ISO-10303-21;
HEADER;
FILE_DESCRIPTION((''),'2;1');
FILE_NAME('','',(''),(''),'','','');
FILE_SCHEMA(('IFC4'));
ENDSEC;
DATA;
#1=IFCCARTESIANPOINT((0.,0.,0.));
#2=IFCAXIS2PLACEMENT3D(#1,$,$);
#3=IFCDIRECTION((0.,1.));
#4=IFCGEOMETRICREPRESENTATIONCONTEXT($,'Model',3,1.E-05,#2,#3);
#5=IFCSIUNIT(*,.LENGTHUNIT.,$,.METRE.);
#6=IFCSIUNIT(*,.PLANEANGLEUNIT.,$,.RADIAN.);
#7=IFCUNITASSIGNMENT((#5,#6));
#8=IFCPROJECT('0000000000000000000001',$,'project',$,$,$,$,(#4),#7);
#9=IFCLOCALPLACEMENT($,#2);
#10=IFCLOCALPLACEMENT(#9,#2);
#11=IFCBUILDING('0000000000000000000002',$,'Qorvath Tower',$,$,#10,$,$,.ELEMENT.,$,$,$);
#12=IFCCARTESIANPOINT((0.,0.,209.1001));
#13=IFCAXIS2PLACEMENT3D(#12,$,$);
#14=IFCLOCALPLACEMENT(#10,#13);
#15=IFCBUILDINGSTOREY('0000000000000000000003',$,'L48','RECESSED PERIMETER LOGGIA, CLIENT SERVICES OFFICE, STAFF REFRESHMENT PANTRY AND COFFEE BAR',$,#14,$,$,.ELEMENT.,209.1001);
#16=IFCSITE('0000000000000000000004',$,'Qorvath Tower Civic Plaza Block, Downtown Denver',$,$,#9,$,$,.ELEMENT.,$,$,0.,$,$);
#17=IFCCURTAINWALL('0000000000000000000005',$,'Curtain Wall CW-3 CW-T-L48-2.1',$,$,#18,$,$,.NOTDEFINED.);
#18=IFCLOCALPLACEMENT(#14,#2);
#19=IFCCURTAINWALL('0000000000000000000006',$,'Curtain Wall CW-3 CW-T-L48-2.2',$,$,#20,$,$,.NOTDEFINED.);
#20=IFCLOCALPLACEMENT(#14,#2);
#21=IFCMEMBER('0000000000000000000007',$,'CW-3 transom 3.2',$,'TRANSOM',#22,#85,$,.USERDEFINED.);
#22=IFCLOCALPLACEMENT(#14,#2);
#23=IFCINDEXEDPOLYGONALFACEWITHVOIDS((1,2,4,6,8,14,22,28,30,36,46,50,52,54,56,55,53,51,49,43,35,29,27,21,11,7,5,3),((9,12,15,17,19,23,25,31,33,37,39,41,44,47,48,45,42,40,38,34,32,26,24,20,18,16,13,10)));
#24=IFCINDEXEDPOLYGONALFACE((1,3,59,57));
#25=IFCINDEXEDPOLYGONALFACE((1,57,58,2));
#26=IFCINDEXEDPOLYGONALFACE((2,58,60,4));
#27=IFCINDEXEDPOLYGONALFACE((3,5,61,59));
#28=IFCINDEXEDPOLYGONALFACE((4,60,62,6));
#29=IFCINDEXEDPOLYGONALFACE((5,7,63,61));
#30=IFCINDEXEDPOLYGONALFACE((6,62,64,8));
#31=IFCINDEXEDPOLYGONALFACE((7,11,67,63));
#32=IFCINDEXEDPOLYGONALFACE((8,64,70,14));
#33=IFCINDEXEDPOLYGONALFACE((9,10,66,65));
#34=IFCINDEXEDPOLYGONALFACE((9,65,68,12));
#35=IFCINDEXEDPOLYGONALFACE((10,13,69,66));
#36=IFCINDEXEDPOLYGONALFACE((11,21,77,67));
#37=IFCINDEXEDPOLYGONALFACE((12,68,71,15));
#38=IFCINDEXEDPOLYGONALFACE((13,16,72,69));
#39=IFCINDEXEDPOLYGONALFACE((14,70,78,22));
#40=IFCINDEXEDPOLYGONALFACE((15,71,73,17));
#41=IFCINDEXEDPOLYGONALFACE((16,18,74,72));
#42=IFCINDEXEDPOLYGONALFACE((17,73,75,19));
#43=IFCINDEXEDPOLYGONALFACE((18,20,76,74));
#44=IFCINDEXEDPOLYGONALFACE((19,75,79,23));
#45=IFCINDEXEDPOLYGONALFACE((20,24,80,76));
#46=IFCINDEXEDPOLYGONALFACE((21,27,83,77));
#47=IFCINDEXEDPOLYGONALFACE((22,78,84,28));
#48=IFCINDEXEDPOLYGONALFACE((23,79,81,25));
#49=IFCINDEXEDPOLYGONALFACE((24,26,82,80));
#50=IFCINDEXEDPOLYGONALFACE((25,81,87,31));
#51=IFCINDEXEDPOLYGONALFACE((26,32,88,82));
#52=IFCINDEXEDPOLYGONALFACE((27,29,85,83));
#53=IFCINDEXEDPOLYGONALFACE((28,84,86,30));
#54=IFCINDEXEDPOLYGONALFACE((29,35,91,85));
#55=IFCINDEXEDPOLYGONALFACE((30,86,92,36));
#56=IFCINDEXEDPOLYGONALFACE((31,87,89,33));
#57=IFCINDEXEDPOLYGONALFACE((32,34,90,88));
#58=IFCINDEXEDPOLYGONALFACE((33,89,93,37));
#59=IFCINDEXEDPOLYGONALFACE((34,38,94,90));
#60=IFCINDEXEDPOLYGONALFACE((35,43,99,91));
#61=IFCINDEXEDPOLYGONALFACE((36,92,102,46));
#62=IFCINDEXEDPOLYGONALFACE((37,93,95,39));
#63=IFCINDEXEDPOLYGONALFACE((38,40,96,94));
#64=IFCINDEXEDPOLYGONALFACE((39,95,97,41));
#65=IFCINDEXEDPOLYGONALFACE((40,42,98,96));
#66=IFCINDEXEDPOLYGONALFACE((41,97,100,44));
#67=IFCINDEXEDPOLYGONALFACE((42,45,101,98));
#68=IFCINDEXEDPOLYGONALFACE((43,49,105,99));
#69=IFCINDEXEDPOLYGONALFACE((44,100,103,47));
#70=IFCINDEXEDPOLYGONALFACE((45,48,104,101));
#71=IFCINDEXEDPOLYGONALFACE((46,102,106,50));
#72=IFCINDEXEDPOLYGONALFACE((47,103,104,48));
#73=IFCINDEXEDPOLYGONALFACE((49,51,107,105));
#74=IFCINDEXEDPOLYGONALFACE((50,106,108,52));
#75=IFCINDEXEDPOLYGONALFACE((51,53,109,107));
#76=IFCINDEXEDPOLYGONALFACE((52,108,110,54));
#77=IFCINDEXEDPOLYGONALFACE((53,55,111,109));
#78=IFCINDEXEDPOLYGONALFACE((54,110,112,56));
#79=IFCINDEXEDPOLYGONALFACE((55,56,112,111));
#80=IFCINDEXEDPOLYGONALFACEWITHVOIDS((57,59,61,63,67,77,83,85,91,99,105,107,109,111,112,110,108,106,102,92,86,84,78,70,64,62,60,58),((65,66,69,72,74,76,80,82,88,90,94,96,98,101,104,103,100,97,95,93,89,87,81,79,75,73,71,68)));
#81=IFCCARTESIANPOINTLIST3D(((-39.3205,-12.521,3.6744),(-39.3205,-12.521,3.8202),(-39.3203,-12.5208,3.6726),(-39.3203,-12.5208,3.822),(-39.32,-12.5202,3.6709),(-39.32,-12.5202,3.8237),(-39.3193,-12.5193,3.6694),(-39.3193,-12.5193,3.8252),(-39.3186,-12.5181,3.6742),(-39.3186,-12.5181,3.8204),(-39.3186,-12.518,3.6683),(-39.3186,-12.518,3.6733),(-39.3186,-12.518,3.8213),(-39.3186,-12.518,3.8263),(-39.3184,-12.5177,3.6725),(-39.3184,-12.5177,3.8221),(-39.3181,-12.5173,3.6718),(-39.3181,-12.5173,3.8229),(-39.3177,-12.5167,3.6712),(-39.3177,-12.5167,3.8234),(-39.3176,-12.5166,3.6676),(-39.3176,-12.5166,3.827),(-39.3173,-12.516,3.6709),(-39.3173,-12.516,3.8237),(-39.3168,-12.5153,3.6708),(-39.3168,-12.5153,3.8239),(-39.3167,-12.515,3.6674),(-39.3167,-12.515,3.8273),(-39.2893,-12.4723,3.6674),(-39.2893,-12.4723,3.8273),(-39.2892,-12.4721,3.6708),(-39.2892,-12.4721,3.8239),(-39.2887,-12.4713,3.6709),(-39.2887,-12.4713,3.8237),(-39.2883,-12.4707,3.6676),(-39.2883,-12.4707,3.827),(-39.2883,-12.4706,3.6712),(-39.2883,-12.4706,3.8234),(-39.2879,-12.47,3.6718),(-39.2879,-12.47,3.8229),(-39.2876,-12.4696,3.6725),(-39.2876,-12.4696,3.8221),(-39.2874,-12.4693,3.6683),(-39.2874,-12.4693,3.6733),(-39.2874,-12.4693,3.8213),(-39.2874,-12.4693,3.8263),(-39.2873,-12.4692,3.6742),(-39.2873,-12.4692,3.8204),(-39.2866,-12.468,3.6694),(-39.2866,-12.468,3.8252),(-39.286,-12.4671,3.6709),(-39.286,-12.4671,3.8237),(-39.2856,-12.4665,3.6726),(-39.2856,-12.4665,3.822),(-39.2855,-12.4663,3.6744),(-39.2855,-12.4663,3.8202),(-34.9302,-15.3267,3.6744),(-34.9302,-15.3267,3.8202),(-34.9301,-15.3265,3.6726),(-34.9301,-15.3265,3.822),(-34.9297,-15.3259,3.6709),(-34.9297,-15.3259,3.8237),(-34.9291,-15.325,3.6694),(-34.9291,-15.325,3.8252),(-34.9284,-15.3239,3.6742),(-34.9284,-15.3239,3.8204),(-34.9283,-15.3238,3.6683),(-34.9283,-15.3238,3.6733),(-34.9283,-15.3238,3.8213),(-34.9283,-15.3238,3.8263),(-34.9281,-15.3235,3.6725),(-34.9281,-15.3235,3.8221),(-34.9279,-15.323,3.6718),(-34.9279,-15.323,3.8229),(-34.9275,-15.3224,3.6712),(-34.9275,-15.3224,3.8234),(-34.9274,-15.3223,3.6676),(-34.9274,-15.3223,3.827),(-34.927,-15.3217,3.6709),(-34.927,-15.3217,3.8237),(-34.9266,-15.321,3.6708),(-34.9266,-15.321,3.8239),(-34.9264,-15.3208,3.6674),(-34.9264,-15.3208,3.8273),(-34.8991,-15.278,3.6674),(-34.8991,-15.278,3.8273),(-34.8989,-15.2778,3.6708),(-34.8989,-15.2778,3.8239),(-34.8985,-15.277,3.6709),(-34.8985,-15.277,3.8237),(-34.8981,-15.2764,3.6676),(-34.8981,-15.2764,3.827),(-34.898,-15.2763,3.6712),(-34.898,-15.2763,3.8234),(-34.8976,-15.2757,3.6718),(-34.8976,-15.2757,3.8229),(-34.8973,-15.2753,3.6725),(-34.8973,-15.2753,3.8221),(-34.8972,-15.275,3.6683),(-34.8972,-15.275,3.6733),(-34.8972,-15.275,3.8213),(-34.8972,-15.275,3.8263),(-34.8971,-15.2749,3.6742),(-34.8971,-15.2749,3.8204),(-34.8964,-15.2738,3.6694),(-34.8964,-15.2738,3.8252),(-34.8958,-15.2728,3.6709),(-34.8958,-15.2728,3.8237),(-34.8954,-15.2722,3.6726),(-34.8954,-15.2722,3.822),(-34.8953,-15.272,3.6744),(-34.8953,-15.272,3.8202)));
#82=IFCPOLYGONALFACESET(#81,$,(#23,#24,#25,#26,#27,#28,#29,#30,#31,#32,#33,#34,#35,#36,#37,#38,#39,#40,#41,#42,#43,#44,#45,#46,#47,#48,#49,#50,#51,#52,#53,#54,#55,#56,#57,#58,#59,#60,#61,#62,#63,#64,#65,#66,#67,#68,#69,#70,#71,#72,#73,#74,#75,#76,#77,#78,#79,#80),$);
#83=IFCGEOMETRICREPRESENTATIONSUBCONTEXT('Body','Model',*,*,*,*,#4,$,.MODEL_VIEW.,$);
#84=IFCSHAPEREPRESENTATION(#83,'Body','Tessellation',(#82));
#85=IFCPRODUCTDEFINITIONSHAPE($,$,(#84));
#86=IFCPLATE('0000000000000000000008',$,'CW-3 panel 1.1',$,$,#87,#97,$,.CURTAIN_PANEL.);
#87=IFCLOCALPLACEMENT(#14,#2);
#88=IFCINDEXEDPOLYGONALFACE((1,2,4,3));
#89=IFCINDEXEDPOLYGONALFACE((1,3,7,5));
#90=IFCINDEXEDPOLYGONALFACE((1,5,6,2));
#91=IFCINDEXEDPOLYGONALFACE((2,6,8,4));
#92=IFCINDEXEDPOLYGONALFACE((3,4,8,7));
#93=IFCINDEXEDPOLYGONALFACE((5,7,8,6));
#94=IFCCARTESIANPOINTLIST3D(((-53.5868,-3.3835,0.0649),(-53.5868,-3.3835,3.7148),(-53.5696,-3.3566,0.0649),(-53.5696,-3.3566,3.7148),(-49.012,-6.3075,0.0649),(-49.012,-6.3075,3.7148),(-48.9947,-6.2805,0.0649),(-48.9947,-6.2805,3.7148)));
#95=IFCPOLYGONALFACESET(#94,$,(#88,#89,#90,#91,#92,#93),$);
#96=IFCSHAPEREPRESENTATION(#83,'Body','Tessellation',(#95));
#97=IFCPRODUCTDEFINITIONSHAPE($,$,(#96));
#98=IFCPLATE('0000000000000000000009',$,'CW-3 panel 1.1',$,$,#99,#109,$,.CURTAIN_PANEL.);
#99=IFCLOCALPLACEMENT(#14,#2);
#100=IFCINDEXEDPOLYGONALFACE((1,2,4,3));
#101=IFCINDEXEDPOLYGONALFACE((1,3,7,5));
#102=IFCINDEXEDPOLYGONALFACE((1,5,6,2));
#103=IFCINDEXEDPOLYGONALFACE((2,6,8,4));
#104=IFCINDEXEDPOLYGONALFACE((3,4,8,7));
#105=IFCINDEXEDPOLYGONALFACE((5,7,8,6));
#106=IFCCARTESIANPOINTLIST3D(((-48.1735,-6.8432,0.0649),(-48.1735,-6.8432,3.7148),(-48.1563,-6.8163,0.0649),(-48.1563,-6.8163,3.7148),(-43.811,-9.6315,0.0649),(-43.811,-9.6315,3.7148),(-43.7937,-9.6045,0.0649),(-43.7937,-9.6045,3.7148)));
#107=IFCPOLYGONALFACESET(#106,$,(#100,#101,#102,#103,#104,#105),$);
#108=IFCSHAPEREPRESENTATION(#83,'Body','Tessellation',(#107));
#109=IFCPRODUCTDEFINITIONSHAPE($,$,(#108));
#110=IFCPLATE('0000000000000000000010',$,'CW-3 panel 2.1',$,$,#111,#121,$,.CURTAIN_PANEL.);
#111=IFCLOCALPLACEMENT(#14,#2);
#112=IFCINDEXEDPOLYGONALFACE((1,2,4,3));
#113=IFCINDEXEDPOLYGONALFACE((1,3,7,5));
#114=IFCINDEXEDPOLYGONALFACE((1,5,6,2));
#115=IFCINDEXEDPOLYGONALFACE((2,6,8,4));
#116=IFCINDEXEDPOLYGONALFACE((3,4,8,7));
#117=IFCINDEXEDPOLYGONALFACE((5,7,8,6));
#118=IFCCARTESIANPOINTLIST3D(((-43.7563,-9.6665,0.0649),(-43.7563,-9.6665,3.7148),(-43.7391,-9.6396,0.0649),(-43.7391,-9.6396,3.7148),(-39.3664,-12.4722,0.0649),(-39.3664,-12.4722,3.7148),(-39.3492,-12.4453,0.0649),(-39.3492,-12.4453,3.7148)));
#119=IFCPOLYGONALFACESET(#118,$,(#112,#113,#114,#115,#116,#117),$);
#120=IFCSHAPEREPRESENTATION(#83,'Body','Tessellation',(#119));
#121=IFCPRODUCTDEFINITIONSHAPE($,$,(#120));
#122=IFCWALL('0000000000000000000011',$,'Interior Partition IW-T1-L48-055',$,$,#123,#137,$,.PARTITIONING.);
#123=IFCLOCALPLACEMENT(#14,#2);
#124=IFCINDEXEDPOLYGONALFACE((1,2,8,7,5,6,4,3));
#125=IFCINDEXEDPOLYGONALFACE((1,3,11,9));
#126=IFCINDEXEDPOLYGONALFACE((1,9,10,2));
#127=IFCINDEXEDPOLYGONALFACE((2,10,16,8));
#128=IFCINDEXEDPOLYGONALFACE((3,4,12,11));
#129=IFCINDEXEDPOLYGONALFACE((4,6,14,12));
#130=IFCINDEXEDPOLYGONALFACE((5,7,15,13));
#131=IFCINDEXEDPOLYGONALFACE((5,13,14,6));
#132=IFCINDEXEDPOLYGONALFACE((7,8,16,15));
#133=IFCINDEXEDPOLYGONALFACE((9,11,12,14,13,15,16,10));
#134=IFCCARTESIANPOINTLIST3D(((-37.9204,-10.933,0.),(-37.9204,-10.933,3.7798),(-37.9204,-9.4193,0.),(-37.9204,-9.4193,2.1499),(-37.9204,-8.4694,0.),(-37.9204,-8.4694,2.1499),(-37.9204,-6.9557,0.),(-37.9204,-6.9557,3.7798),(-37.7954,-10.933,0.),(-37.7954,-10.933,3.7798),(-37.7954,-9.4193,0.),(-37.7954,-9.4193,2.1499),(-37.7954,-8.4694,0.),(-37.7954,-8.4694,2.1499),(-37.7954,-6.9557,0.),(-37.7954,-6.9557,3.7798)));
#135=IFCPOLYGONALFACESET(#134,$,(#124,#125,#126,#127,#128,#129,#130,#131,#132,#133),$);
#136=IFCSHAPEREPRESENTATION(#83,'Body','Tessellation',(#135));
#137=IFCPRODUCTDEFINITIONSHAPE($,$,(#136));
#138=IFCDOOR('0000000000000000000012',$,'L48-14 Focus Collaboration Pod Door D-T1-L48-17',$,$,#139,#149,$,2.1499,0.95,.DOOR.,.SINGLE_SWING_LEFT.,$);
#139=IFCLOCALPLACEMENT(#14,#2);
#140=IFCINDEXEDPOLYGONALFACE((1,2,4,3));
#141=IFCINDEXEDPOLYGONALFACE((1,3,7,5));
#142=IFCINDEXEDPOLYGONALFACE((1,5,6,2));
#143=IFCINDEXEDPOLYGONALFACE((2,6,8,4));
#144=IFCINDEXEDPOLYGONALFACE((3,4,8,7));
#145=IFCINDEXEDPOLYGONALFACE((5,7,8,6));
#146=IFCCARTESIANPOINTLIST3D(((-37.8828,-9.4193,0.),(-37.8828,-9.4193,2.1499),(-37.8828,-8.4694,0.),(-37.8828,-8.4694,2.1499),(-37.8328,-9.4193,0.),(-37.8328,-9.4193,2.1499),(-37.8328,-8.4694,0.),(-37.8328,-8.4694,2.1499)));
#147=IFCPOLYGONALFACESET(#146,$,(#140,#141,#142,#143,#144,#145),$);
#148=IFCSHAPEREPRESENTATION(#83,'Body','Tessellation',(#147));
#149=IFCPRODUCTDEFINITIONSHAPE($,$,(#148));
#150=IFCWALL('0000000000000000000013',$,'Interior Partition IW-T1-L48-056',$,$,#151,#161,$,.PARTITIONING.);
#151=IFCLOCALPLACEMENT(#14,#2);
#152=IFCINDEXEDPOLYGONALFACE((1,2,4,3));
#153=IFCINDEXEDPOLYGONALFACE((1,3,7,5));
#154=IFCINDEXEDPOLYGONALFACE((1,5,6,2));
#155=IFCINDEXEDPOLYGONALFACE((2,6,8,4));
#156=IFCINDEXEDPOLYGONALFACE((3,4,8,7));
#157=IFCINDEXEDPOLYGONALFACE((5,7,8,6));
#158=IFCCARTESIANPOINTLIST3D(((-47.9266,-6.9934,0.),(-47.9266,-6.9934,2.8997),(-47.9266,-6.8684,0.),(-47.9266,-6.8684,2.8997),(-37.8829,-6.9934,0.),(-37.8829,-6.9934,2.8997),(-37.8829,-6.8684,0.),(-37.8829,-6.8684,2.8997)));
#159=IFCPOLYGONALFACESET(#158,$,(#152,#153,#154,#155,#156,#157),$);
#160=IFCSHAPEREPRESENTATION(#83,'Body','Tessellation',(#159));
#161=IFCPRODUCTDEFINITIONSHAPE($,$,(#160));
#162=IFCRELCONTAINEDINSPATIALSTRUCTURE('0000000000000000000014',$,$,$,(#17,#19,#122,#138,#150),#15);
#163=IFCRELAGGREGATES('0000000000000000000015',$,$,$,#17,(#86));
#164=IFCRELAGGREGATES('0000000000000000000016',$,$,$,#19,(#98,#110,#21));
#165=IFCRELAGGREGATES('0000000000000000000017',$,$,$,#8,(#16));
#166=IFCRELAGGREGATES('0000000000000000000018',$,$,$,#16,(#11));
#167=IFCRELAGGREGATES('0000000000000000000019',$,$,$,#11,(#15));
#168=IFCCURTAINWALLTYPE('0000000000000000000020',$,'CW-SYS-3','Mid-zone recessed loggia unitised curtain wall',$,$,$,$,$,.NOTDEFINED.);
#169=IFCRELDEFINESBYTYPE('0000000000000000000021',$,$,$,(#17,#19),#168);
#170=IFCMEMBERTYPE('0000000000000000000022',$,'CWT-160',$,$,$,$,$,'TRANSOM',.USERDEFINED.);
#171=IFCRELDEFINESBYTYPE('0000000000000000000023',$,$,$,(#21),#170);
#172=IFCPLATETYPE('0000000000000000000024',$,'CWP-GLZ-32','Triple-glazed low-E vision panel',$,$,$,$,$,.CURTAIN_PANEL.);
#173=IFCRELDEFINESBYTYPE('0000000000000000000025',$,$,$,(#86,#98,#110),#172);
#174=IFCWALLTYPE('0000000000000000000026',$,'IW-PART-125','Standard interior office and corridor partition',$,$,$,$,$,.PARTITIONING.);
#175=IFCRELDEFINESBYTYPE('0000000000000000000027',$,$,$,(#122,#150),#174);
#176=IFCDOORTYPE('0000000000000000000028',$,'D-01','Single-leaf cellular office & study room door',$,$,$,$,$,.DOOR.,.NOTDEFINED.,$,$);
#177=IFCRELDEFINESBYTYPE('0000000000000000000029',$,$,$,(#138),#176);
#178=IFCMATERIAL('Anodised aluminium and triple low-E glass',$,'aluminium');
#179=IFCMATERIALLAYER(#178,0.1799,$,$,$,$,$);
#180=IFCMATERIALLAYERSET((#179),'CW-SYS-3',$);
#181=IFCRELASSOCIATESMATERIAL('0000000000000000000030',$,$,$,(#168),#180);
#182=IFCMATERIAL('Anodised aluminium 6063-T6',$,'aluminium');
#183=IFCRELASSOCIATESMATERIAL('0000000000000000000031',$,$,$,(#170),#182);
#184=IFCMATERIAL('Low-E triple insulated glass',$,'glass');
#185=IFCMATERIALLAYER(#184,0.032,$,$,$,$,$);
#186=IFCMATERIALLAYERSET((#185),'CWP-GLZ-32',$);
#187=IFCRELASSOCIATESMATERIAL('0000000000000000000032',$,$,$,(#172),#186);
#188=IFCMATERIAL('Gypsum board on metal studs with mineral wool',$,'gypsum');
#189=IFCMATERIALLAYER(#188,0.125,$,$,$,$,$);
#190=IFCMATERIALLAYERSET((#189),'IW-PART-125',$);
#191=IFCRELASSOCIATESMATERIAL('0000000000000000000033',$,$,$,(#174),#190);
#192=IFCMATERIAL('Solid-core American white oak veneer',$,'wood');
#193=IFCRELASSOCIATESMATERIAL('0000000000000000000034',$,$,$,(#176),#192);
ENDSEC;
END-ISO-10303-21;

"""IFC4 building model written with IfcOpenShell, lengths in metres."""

from ifc_helpers import new_model, si_unit, direction, frame, frame_2d, origin, origin_2d, place, context, subcontext, project, spatial, rectangle, hollow_rectangle, extrude, material, layer, layer_set, material_profile, profile_set, type_object, element, fill, aggregate, save


model = new_model("IFC4")

# Units and contexts
model_context = context("Model", 3, precision=1e-05, world=origin(), true_north=direction((0.0, 1.0)))
body_context = subcontext(model_context, "Body", "Model", "MODEL_VIEW")
ifc_project = project(units=[si_unit("LENGTHUNIT", "METRE"), si_unit("PLANEANGLEUNIT", "RADIAN")], contexts=[model_context])

# Site, building, storey
site_placement = place(None, origin())
site = spatial("IfcSite", under=ifc_project, at=site_placement, Name="Qorvath Tower Civic Plaza Block, Downtown Denver", CompositionType="ELEMENT", RefElevation=0.0)
building_placement = place(site_placement, origin())
building = spatial("IfcBuilding", under=site, at=building_placement, Name="Qorvath Tower", CompositionType="ELEMENT")
storey_placement = place(building_placement, frame((0.0, 0.0, 209.1001)))
storey = spatial("IfcBuildingStorey", under=building, at=storey_placement, Name="L48", Description="RECESSED PERIMETER LOGGIA, CLIENT SERVICES OFFICE, STAFF REFRESHMENT PANTRY AND COFFEE BAR", CompositionType="ELEMENT", Elevation=209.1001)

# Curtain walls
ifc_material_1 = material(Name="Anodised aluminium and triple low-E glass", Category="aluminium")
ifc_layer_1 = layer(ifc_material_1, 0.1799)
ifc_layer_set_1 = layer_set([ifc_layer_1], Name="CW-SYS-3")
curtain_wall_type = type_object("IfcCurtainWallType", Name="CW-SYS-3", Description="Mid-zone recessed loggia unitised curtain wall", PredefinedType="NOTDEFINED", material=ifc_layer_set_1)
curtain_wall_1_placement = place(storey_placement, origin())
curtain_wall_1 = element("IfcCurtainWall", 1, at=curtain_wall_1_placement, inside=storey, type_object=curtain_wall_type, Name="Curtain Wall CW-3 CW-T-L48-2.1", PredefinedType="NOTDEFINED")
curtain_wall_2_placement = place(storey_placement, origin())
curtain_wall_2 = element("IfcCurtainWall", 2, at=curtain_wall_2_placement, inside=storey, type_object=curtain_wall_type, Name="Curtain Wall CW-3 CW-T-L48-2.2", PredefinedType="NOTDEFINED")

# Member
ifc_material_2 = material(Name="Anodised aluminium 6063-T6", Category="aluminium")
ifc_material_profile_1 = material_profile(ifc_material_2, hollow_rectangle(XDim=0.0649, YDim=0.1599, WallThickness=0.0034, InnerFilletRadius=0.0034, OuterFilletRadius=0.0071, at=origin_2d()), Name="CWT 160x65")
ifc_profile_set_1 = profile_set([ifc_material_profile_1], Name="Anodised aluminium 6063-T6")
member_type_1 = type_object("IfcMemberType", Name="CWT-160", ElementType="TRANSOM", PredefinedType="USERDEFINED", material=ifc_profile_set_1)
member_1_placement = place(storey_placement, frame((-39.303, -12.4937, 3.7473), z_axis=(0.842622, -0.538506, 0.0), x_axis=(0.538506, 0.842622, 0.0)))
member_1 = element("IfcMember", 3, at=member_1_placement, type_object=member_type_1, Name="CW-3 transom 3.2", ObjectType="TRANSOM", PredefinedType="USERDEFINED", context=body_context, shape_type="SweptSolid", body=[
    extrude(hollow_rectangle(XDim=0.0649, YDim=0.1599, WallThickness=0.0034, InnerFilletRadius=0.0034, OuterFilletRadius=0.0071, at=origin_2d()), origin(), (0.0, 0.0, 1.0), 5.2102),
])

# Plates
ifc_material_3 = material(Name="Low-E triple insulated glass", Category="glass")
ifc_layer_2 = layer(ifc_material_3, 0.032)
ifc_layer_set_2 = layer_set([ifc_layer_2], Name="CWP-GLZ-32")
plate_type = type_object("IfcPlateType", Name="CWP-GLZ-32", Description="Triple-glazed low-E vision panel", PredefinedType="CURTAIN_PANEL", material=ifc_layer_set_2)
plate_1_placement = place(storey_placement, frame((-51.2908, -4.832, 0.0649), z_axis=(0.0, 0.0, 1.0), x_axis=(0.842602, -0.538537, 0.0)))
plate_1 = element("IfcPlate", 4, at=plate_1_placement, type_object=plate_type, Name="CW-3 panel 1.1", PredefinedType="CURTAIN_PANEL", context=body_context, shape_type="SweptSolid", body=[
    extrude(rectangle(XDim=5.4294, YDim=0.032, at=origin_2d()), origin(), (0.0, 0.0, 1.0), 3.6499),
])
aggregate(curtain_wall_1, [plate_1])
plate_2_placement = place(storey_placement, frame((-45.9836, -8.2239, 0.0649), z_axis=(0.0, 0.0, 1.0), x_axis=(0.842605, -0.538533, 0.0)))
plate_2 = element("IfcPlate", 5, at=plate_2_placement, type_object=plate_type, Name="CW-3 panel 1.1", PredefinedType="CURTAIN_PANEL", context=body_context, shape_type="SweptSolid", body=[
    extrude(rectangle(XDim=5.1775, YDim=0.032, at=origin_2d()), origin(), (0.0, 0.0, 1.0), 3.6499),
])
plate_3_placement = place(storey_placement, frame((-41.5527, -11.0559, 0.0649), z_axis=(0.0, 0.0, 1.0), x_axis=(0.842605, -0.538533, 0.0)))
plate_3 = element("IfcPlate", 6, at=plate_3_placement, type_object=plate_type, Name="CW-3 panel 2.1", PredefinedType="CURTAIN_PANEL", context=body_context, shape_type="SweptSolid", body=[
    extrude(rectangle(XDim=5.21, YDim=0.032, at=origin_2d()), origin(), (0.0, 0.0, 1.0), 3.6499),
])
aggregate(curtain_wall_2, [plate_2, plate_3, member_1])

# Wall, opening, door
ifc_material_4 = material(Name="Gypsum board on metal studs with mineral wool", Category="gypsum")
ifc_layer_3 = layer(ifc_material_4, 0.125)
ifc_layer_set_3 = layer_set([ifc_layer_3], Name="IW-PART-125")
wall_type_1 = type_object("IfcWallType", Name="IW-PART-125", Description="Standard interior office and corridor partition", PredefinedType="PARTITIONING", material=ifc_layer_set_3)
wall_1_placement = place(storey_placement, frame((-37.8579, -10.9331, 0.0), z_axis=(0.0, 0.0, 1.0), x_axis=(0.0, 1.0, 0.0)))
wall_1 = element("IfcWall", 7, at=wall_1_placement, inside=storey, type_object=wall_type_1, Name="Interior Partition IW-T1-L48-055", PredefinedType="PARTITIONING", context=body_context, shape_type="SweptSolid", body=[
    extrude(rectangle(XDim=3.9773, YDim=0.125, at=frame_2d((1.9888, 0.0))), origin(), (0.0, 0.0, 1.0), 3.7798),
])
opening_1_placement = place(wall_1_placement, frame((1.5137, 0.0, 0.0)))
opening_1 = element("IfcOpeningElement", 8, at=opening_1_placement, cuts=wall_1, PredefinedType="OPENING", context=body_context, shape_type="SweptSolid", body=[
    extrude(rectangle(XDim=0.95, YDim=2.1499, at=frame_2d((0.4751, 1.075))), frame((0.0, 0.0725, 0.0), z_axis=(0.0, -1.0, 0.0), x_axis=(1.0, 0.0, 0.0)), (0.0, 0.0, 1.0), 0.145),
])
ifc_material_5 = material(Name="Solid-core American white oak veneer", Category="wood")
door_type_1 = type_object("IfcDoorType", Name="D-01", Description="Single-leaf cellular office & study room door", OperationType="NOTDEFINED", PredefinedType="DOOR", material=ifc_material_5)
door_1_placement = place(opening_1_placement, origin())
door_1 = element("IfcDoor", 9, at=door_1_placement, inside=storey, type_object=door_type_1, Name="L48-14 Focus Collaboration Pod Door D-T1-L48-17", OperationType="SINGLE_SWING_LEFT", OverallHeight=2.1499, OverallWidth=0.95, PredefinedType="DOOR", context=body_context, shape_type="SweptSolid", body=[
    extrude(rectangle(XDim=0.95, YDim=2.1499, at=frame_2d((0.4751, 1.075))), frame((0.0, 0.0249, 0.0), z_axis=(0.0, -1.0, 0.0), x_axis=(1.0, 0.0, 0.0)), (0.0, 0.0, 1.0), 0.05),
])
fill(opening_1, door_1)

# Wall
wall_2_placement = place(storey_placement, frame((-37.8828, -6.9309, 0.0), z_axis=(0.0, 0.0, 1.0), x_axis=(-1.0, 0.0, 0.0)))
element("IfcWall", 10, at=wall_2_placement, inside=storey, type_object=wall_type_1, Name="Interior Partition IW-T1-L48-056", PredefinedType="PARTITIONING", context=body_context, shape_type="SweptSolid", body=[
    extrude(rectangle(XDim=10.0437, YDim=0.125, at=frame_2d((5.022, 0.0))), origin(), (0.0, 0.0, 1.0), 2.8997),
])

save(model, "model.ifc")
